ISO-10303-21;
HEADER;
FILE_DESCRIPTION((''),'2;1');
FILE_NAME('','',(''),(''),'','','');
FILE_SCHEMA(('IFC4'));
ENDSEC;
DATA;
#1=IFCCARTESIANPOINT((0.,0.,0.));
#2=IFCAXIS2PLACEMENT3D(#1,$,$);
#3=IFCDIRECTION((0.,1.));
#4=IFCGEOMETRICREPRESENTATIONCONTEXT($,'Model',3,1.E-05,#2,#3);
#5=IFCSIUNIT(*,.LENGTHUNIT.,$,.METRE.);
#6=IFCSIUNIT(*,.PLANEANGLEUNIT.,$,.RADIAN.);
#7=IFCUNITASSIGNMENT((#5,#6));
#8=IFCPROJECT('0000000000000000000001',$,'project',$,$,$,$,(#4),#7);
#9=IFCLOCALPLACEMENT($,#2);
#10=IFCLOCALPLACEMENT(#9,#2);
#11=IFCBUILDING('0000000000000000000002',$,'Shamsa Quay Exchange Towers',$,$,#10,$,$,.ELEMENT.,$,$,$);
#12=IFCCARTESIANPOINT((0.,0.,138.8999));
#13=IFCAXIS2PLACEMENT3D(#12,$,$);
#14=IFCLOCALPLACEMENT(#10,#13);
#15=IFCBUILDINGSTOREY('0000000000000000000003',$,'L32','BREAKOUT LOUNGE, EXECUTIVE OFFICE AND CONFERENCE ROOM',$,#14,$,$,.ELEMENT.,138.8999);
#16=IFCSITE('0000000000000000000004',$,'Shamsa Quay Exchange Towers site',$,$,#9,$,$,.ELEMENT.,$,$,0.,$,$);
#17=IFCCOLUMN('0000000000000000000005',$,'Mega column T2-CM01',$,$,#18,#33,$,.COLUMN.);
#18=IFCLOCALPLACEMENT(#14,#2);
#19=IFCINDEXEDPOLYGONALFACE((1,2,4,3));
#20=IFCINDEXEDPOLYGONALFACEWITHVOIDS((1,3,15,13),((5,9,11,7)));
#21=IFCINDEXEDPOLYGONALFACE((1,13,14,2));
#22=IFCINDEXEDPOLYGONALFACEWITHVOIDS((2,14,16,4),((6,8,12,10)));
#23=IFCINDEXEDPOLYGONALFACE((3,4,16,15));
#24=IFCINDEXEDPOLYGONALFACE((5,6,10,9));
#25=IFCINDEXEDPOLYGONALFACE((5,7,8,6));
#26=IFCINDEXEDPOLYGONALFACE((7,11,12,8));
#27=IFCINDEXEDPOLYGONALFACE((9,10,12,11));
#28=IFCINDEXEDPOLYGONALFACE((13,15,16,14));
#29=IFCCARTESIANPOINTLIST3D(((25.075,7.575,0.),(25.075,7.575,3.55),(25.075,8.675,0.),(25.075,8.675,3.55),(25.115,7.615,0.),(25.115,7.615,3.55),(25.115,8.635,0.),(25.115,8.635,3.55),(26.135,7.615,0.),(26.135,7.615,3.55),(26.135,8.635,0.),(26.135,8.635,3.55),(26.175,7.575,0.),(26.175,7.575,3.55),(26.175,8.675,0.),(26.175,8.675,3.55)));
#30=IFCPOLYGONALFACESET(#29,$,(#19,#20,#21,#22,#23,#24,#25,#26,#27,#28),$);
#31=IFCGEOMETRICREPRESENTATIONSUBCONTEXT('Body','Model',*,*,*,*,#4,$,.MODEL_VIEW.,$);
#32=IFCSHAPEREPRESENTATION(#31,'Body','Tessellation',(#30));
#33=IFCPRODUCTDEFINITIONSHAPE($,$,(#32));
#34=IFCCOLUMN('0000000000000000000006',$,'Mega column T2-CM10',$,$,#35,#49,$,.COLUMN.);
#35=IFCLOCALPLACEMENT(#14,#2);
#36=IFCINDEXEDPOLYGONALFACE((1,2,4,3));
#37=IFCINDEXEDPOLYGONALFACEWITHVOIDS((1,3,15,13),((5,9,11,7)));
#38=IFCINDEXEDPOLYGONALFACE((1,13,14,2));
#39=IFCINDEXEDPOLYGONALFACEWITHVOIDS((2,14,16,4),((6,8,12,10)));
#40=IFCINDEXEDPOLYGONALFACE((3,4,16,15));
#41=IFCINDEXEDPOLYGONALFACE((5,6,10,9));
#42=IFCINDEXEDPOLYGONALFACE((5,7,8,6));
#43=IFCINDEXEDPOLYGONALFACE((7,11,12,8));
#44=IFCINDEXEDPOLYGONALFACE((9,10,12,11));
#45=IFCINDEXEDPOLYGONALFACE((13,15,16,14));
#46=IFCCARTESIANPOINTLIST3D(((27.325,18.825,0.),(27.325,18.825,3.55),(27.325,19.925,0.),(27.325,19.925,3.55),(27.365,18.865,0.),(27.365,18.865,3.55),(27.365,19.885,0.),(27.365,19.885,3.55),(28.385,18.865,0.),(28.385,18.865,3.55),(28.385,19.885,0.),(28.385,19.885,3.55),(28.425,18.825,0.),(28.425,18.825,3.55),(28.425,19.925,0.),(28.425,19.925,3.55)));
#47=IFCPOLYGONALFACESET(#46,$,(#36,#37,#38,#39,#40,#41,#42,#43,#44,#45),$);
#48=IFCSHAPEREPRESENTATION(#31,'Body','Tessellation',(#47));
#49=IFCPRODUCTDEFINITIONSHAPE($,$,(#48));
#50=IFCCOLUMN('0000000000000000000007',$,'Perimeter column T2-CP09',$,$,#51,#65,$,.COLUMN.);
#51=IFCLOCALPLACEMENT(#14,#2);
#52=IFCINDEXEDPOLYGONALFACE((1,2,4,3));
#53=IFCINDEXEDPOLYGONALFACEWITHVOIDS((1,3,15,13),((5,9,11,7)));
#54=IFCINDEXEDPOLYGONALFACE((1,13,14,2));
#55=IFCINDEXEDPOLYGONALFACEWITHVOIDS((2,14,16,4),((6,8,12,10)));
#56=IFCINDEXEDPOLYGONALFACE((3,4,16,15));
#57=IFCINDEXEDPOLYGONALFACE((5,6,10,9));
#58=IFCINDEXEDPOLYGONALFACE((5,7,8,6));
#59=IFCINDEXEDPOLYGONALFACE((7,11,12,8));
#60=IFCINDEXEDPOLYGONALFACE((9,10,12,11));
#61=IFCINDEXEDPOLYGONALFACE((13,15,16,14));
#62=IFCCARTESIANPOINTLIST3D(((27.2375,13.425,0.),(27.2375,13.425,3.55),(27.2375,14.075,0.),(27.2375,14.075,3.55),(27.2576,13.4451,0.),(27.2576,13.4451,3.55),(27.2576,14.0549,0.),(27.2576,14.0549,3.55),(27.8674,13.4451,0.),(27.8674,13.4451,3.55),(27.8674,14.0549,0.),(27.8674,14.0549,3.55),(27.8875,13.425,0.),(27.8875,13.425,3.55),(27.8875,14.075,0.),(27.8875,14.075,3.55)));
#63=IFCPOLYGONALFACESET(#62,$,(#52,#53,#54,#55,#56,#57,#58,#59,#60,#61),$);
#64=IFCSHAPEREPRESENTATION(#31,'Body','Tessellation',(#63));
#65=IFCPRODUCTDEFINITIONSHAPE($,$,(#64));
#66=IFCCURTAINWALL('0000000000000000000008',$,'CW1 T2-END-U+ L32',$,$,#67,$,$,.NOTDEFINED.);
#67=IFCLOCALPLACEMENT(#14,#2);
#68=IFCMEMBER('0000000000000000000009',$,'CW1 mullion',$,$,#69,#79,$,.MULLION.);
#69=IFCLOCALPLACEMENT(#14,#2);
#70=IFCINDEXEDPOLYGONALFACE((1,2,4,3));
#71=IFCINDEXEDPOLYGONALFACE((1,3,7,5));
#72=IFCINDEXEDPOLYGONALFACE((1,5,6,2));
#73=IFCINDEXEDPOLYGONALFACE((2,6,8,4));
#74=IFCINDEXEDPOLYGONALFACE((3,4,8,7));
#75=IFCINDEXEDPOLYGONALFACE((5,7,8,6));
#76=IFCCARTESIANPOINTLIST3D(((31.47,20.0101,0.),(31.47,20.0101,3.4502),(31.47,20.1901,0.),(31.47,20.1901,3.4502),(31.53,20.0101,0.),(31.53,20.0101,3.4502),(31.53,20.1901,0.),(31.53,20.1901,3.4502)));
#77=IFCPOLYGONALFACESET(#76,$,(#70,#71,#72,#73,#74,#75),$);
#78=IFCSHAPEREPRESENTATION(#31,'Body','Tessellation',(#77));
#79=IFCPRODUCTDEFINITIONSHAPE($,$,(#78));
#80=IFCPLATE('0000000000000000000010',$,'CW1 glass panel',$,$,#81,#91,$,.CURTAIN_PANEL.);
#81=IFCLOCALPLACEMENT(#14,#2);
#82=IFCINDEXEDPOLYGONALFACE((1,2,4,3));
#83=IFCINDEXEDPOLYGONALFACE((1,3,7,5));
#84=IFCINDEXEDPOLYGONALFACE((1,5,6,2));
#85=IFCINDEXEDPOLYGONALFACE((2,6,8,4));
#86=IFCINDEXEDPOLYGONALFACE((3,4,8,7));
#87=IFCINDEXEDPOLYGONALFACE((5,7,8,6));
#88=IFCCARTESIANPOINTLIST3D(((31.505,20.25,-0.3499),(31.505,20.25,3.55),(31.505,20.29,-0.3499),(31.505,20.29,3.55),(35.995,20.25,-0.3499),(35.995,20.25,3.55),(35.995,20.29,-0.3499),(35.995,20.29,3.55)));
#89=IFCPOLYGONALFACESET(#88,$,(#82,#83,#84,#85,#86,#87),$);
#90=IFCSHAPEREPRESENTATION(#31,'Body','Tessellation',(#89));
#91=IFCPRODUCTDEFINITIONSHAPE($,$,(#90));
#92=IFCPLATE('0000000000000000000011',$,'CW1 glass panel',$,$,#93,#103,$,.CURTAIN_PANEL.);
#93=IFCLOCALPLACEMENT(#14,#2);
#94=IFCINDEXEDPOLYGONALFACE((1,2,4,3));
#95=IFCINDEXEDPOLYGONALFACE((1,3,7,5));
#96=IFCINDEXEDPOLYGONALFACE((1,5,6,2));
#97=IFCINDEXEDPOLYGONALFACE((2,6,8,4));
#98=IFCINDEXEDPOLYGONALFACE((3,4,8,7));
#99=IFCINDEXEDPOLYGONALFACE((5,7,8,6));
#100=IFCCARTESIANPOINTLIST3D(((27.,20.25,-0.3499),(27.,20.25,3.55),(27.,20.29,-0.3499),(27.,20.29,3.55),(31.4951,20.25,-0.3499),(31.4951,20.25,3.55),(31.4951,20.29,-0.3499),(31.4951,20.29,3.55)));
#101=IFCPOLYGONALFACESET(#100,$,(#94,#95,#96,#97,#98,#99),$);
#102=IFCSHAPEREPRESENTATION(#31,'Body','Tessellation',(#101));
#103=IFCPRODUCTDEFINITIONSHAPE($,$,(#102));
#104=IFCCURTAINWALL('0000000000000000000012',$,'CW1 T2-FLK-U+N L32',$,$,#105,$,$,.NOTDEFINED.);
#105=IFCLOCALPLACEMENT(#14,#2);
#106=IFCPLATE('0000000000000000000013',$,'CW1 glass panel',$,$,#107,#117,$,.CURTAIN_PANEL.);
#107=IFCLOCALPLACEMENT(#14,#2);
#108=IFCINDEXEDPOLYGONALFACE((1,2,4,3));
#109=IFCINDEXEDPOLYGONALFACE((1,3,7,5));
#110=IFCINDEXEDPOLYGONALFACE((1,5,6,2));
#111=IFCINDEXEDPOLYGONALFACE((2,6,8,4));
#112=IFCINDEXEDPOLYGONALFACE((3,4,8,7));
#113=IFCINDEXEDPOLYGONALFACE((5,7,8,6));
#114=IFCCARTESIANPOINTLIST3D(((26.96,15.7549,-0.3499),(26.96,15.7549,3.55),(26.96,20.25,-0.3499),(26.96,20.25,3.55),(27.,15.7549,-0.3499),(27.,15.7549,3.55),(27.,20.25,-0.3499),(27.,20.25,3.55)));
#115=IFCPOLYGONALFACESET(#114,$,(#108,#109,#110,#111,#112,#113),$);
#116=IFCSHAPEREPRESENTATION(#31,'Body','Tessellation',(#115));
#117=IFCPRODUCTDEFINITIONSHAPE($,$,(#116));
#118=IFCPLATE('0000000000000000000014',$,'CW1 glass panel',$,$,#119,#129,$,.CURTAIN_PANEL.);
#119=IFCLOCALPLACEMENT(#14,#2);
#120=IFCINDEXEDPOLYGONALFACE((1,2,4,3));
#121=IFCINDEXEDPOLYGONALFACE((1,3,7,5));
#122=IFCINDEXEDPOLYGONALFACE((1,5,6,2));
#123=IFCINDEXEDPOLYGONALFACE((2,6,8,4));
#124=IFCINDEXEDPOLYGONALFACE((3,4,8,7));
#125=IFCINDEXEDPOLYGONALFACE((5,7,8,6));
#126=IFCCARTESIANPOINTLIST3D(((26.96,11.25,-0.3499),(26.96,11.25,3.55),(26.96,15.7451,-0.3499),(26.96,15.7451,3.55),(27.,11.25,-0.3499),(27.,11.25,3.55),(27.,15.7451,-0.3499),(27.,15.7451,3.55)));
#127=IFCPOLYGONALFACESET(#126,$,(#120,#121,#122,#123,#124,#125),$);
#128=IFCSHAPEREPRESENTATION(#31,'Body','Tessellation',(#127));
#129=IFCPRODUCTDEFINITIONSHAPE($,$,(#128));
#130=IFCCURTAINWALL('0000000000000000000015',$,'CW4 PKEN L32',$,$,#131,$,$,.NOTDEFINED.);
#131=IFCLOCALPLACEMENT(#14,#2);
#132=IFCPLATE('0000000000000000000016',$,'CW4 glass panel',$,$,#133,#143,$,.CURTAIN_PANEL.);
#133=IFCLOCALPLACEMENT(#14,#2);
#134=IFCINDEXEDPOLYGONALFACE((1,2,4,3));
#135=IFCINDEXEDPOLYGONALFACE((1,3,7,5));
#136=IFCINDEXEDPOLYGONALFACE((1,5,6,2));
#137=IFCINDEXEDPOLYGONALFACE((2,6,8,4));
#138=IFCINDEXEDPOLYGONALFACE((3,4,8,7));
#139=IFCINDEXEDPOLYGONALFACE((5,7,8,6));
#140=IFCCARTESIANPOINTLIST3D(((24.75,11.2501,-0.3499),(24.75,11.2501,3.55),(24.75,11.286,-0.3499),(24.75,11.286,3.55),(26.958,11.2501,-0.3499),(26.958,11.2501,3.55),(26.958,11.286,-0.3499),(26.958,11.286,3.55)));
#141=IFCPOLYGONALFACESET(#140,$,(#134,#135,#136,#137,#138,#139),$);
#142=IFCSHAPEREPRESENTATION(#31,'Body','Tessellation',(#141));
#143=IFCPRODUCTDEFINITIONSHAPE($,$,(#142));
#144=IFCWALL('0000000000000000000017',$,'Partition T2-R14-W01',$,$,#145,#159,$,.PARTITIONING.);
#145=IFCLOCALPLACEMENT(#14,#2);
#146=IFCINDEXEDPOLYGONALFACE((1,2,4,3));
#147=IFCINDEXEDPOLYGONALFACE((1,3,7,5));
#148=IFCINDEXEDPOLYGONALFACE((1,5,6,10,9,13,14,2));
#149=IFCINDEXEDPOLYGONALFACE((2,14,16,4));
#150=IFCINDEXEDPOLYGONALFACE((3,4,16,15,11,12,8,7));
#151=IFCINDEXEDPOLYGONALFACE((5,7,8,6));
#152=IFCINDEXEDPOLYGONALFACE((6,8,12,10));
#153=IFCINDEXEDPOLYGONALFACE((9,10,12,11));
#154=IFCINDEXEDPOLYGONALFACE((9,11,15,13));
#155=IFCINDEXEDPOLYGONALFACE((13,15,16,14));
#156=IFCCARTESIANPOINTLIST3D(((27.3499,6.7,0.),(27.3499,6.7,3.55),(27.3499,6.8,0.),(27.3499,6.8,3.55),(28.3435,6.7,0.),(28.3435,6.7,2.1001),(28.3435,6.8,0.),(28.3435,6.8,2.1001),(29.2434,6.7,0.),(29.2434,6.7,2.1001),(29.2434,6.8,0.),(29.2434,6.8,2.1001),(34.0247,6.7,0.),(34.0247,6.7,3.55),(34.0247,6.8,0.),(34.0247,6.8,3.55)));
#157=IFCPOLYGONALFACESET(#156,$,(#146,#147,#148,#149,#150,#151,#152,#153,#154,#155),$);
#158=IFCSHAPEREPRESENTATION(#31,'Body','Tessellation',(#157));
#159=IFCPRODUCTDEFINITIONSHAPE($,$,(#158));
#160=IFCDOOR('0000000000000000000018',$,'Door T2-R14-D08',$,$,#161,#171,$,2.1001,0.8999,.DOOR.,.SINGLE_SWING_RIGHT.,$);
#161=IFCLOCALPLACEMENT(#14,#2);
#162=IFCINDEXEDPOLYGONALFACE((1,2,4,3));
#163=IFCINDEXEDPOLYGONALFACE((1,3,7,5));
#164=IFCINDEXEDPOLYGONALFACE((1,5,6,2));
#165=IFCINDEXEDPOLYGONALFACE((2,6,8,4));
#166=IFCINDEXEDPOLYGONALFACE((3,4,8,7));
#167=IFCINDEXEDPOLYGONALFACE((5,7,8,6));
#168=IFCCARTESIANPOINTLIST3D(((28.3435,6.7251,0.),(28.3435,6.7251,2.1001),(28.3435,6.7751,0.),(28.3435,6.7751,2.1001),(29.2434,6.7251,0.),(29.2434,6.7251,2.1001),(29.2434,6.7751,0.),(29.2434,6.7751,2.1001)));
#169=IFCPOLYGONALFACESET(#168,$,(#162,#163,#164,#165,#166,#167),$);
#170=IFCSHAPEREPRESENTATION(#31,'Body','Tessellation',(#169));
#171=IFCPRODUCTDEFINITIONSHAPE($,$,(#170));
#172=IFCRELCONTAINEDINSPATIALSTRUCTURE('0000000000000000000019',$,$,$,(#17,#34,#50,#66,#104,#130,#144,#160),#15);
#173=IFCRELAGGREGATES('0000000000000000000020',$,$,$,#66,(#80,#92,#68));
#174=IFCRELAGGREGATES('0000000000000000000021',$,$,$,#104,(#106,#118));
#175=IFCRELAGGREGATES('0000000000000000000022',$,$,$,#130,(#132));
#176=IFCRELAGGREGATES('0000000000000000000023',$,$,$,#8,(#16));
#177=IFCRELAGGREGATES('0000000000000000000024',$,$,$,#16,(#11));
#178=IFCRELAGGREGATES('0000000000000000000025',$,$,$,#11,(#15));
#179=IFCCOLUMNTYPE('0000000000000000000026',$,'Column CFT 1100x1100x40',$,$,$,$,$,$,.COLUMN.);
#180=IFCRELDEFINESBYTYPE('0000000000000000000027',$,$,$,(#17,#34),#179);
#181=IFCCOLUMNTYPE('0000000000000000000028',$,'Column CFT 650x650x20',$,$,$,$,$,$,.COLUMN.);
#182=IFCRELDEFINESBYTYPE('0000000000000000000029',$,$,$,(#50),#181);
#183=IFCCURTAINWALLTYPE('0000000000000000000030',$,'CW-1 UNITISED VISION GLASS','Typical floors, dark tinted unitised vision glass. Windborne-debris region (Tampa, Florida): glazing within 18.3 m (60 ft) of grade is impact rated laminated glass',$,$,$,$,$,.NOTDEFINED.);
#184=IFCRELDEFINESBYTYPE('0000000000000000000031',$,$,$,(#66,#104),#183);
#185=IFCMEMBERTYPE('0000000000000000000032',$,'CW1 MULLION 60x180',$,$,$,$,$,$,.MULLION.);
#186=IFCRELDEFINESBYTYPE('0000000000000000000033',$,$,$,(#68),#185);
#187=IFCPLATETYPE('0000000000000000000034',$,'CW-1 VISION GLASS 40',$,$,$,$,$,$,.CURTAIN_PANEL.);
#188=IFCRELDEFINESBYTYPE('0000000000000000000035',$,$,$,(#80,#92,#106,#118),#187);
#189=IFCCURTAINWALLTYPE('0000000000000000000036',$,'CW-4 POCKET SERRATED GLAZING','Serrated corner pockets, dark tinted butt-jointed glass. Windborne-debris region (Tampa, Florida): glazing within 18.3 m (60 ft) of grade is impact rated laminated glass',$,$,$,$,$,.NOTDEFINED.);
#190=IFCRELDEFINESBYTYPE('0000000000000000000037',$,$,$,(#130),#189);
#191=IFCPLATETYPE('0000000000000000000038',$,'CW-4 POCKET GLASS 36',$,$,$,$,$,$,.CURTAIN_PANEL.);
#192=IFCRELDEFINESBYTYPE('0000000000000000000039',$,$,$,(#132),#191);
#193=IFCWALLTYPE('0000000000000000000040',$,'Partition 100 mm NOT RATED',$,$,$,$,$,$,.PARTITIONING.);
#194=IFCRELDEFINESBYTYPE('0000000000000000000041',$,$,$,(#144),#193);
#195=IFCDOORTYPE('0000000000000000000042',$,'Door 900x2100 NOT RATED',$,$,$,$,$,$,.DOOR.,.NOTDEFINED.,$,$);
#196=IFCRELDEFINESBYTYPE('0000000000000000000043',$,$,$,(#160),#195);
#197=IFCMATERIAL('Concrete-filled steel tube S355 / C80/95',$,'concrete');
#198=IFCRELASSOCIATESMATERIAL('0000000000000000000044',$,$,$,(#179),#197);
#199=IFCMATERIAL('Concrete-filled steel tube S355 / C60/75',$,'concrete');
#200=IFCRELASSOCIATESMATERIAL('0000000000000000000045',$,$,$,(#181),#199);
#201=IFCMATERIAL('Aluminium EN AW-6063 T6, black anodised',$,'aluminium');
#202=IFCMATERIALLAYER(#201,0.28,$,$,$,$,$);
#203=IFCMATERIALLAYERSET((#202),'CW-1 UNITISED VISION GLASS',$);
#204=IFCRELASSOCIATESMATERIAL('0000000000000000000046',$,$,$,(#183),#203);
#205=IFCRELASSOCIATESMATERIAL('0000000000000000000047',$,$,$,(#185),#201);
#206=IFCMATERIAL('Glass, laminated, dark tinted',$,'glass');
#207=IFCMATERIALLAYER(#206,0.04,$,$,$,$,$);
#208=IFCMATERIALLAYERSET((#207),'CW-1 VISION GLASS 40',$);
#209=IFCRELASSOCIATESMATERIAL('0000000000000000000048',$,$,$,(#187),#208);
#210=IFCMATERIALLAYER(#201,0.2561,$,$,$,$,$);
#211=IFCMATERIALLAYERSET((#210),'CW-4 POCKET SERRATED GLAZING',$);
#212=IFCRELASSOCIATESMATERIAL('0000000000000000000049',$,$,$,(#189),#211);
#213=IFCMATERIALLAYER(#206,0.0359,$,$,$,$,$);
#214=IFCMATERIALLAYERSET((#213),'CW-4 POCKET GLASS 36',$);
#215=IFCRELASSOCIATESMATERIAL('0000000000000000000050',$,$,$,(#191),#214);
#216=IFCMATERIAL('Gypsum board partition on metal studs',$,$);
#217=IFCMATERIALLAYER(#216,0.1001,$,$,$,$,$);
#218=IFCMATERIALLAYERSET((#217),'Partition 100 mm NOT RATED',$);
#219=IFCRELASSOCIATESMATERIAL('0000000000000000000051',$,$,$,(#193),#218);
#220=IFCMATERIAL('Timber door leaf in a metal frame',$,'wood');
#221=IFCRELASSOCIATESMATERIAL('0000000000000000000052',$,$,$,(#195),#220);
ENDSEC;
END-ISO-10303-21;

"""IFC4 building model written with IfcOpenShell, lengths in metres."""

from ifc_helpers import new_model, si_unit, direction, frame, frame_2d, origin, origin_2d, place, context, subcontext, project, spatial, rectangle, hollow_rectangle, extrude, material, layer, layer_set, material_profile, profile_set, type_object, element, fill, aggregate, save


model = new_model("IFC4")

# Units and contexts
model_context = context("Model", 3, precision=1e-05, world=origin(), true_north=direction((0.0, 1.0)))
body_context = subcontext(model_context, "Body", "Model", "MODEL_VIEW")
ifc_project = project(units=[si_unit("LENGTHUNIT", "METRE"), si_unit("PLANEANGLEUNIT", "RADIAN")], contexts=[model_context])

# Site, building, storey
site_placement = place(None, origin())
site = spatial("IfcSite", under=ifc_project, at=site_placement, Name="Shamsa Quay Exchange Towers site", CompositionType="ELEMENT", RefElevation=0.0)
building_placement = place(site_placement, origin())
building = spatial("IfcBuilding", under=site, at=building_placement, Name="Shamsa Quay Exchange Towers", CompositionType="ELEMENT")
storey_placement = place(building_placement, frame((0.0, 0.0, 138.8999)))
storey = spatial("IfcBuildingStorey", under=building, at=storey_placement, Name="L32", Description="BREAKOUT LOUNGE, EXECUTIVE OFFICE AND CONFERENCE ROOM", CompositionType="ELEMENT", Elevation=138.8999)

# Columns
ifc_material_1 = material(Name="Concrete-filled steel tube S355 / C80/95", Category="concrete")
ifc_material_profile_1 = material_profile(ifc_material_1, hollow_rectangle(XDim=1.1001, YDim=1.1001, WallThickness=0.04, at=origin_2d()), Name="CFT 1100x1100x40")
ifc_profile_set_1 = profile_set([ifc_material_profile_1], Name="Concrete-filled steel tube S355 / C80/95")
column_type_1 = type_object("IfcColumnType", Name="Column CFT 1100x1100x40", PredefinedType="COLUMN", material=ifc_profile_set_1)
for number, where, name in (
    (1, (25.625, 8.125, 0.0), "Mega column T2-CM01"),
    (2, (27.875, 19.375, 0.0), "Mega column T2-CM10"),
):
    element("IfcColumn", number, at=place(storey_placement, frame(where)), inside=storey, type_object=column_type_1, Name=name, PredefinedType="COLUMN", context=body_context, shape_type="SweptSolid", body=[
        extrude(hollow_rectangle(XDim=1.1001, YDim=1.1001, WallThickness=0.04, at=origin_2d()), origin(), (0.0, 0.0, 1.0), 3.55),
    ])
ifc_material_2 = material(Name="Concrete-filled steel tube S355 / C60/75", Category="concrete")
ifc_material_profile_2 = material_profile(ifc_material_2, hollow_rectangle(XDim=0.6499, YDim=0.6499, WallThickness=0.02, at=origin_2d()), Name="CFT 650x650x20")
ifc_profile_set_2 = profile_set([ifc_material_profile_2], Name="Concrete-filled steel tube S355 / C60/75")
column_type_2 = type_object("IfcColumnType", Name="Column CFT 650x650x20", PredefinedType="COLUMN", material=ifc_profile_set_2)
column_placement = place(storey_placement, frame((27.5625, 13.75, 0.0)))
element("IfcColumn", 3, at=column_placement, inside=storey, type_object=column_type_2, Name="Perimeter column T2-CP09", PredefinedType="COLUMN", context=body_context, shape_type="SweptSolid", body=[
    extrude(hollow_rectangle(XDim=0.6499, YDim=0.6499, WallThickness=0.02, at=origin_2d()), origin(), (0.0, 0.0, 1.0), 3.55),
])

# Curtain wall, member, plates
ifc_material_3 = material(Name="Aluminium EN AW-6063 T6, black anodised", Category="aluminium")
ifc_layer_1 = layer(ifc_material_3, 0.28)
ifc_layer_set_1 = layer_set([ifc_layer_1], Name="CW-1 UNITISED VISION GLASS")
curtain_wall_type_1 = type_object("IfcCurtainWallType", Name="CW-1 UNITISED VISION GLASS", Description="Typical floors, dark tinted unitised vision glass. Windborne-debris region (Tampa, Florida): glazing within 18.3 m (60 ft) of grade is impact rated laminated glass", PredefinedType="NOTDEFINED", material=ifc_layer_set_1)
curtain_wall_1_placement = place(storey_placement, origin())
curtain_wall_1 = element("IfcCurtainWall", 4, at=curtain_wall_1_placement, inside=storey, type_object=curtain_wall_type_1, Name="CW1 T2-END-U+ L32", PredefinedType="NOTDEFINED")
ifc_material_profile_3 = material_profile(ifc_material_3, rectangle(XDim=0.1799, YDim=0.0601, at=origin_2d()), Name="MU60x180")
ifc_profile_set_3 = profile_set([ifc_material_profile_3], Name="Aluminium EN AW-6063 T6, black anodised")
member_type = type_object("IfcMemberType", Name="CW1 MULLION 60x180", PredefinedType="MULLION", material=ifc_profile_set_3)
member_placement = place(storey_placement, frame((31.5, 20.1001, 0.0), z_axis=(0.0, 0.0, 1.0), x_axis=(0.0, -1.0, 0.0)))
member = element("IfcMember", 5, at=member_placement, type_object=member_type, Name="CW1 mullion", PredefinedType="MULLION", context=body_context, shape_type="SweptSolid", body=[
    extrude(rectangle(XDim=0.1799, YDim=0.0601, at=origin_2d()), origin(), (0.0, 0.0, 1.0), 3.4502),
])
ifc_material_4 = material(Name="Glass, laminated, dark tinted", Category="glass")
ifc_layer_2 = layer(ifc_material_4, 0.04)
ifc_layer_set_2 = layer_set([ifc_layer_2], Name="CW-1 VISION GLASS 40")
plate_type_1 = type_object("IfcPlateType", Name="CW-1 VISION GLASS 40", PredefinedType="CURTAIN_PANEL", material=ifc_layer_set_2)
plate_1_placement = place(storey_placement, frame((33.75, 20.27, -0.3499), z_axis=(0.0, 0.0, 1.0), x_axis=(-1.0, 0.0, 0.0)))
plate_1 = element("IfcPlate", 6, at=plate_1_placement, type_object=plate_type_1, Name="CW1 glass panel", PredefinedType="CURTAIN_PANEL", context=body_context, shape_type="SweptSolid", body=[
    extrude(rectangle(XDim=4.49, YDim=0.04, at=origin_2d()), origin(), (0.0, 0.0, 1.0), 3.8999),
])
plate_2_placement = place(storey_placement, frame((29.2476, 20.27, -0.3499), z_axis=(0.0, 0.0, 1.0), x_axis=(-1.0, 0.0, 0.0)))
plate_2 = element("IfcPlate", 7, at=plate_2_placement, type_object=plate_type_1, Name="CW1 glass panel", PredefinedType="CURTAIN_PANEL", context=body_context, shape_type="SweptSolid", body=[
    extrude(rectangle(XDim=4.4951, YDim=0.04, at=origin_2d()), origin(), (0.0, 0.0, 1.0), 3.8999),
])
aggregate(curtain_wall_1, [plate_1, plate_2, member])

# Curtain wall, plates
curtain_wall_2_placement = place(storey_placement, origin())
curtain_wall_2 = element("IfcCurtainWall", 8, at=curtain_wall_2_placement, inside=storey, type_object=curtain_wall_type_1, Name="CW1 T2-FLK-U+N L32", PredefinedType="NOTDEFINED")
plate_3_placement = place(storey_placement, frame((26.98, 18.0024, -0.3499), z_axis=(0.0, 0.0, 1.0), x_axis=(0.0, -1.0, 0.0)))
plate_3 = element("IfcPlate", 9, at=plate_3_placement, type_object=plate_type_1, Name="CW1 glass panel", PredefinedType="CURTAIN_PANEL", context=body_context, shape_type="SweptSolid", body=[
    extrude(rectangle(XDim=4.4951, YDim=0.04, at=origin_2d()), origin(), (0.0, 0.0, 1.0), 3.8999),
])
plate_4_placement = place(storey_placement, frame((26.98, 13.4976, -0.3499), z_axis=(0.0, 0.0, 1.0), x_axis=(0.0, -1.0, 0.0)))
plate_4 = element("IfcPlate", 10, at=plate_4_placement, type_object=plate_type_1, Name="CW1 glass panel", PredefinedType="CURTAIN_PANEL", context=body_context, shape_type="SweptSolid", body=[
    extrude(rectangle(XDim=4.4951, YDim=0.04, at=origin_2d()), origin(), (0.0, 0.0, 1.0), 3.8999),
])
aggregate(curtain_wall_2, [plate_3, plate_4])

# Curtain wall, plate
ifc_layer_3 = layer(ifc_material_3, 0.2561)
ifc_layer_set_3 = layer_set([ifc_layer_3], Name="CW-4 POCKET SERRATED GLAZING")
curtain_wall_type_2 = type_object("IfcCurtainWallType", Name="CW-4 POCKET SERRATED GLAZING", Description="Serrated corner pockets, dark tinted butt-jointed glass. Windborne-debris region (Tampa, Florida): glazing within 18.3 m (60 ft) of grade is impact rated laminated glass", PredefinedType="NOTDEFINED", material=ifc_layer_set_3)
curtain_wall_3_placement = place(storey_placement, origin())
curtain_wall_3 = element("IfcCurtainWall", 11, at=curtain_wall_3_placement, inside=storey, type_object=curtain_wall_type_2, Name="CW4 PKEN L32", PredefinedType="NOTDEFINED")
ifc_layer_4 = layer(ifc_material_4, 0.0359)
ifc_layer_set_4 = layer_set([ifc_layer_4], Name="CW-4 POCKET GLASS 36")
plate_type_2 = type_object("IfcPlateType", Name="CW-4 POCKET GLASS 36", PredefinedType="CURTAIN_PANEL", material=ifc_layer_set_4)
plate_5_placement = place(storey_placement, frame((25.854, 11.2681, -0.3499), z_axis=(0.0, 0.0, 1.0), x_axis=(-1.0, 0.0, 0.0)))
plate_5 = element("IfcPlate", 12, at=plate_5_placement, type_object=plate_type_2, Name="CW4 glass panel", PredefinedType="CURTAIN_PANEL", context=body_context, shape_type="SweptSolid", body=[
    extrude(rectangle(XDim=2.208, YDim=0.0359, at=origin_2d()), origin(), (0.0, 0.0, 1.0), 3.8999),
])
aggregate(curtain_wall_3, [plate_5])

# Wall, opening, door
ifc_material_5 = material(Name="Gypsum board partition on metal studs")
ifc_layer_5 = layer(ifc_material_5, 0.1001)
ifc_layer_set_5 = layer_set([ifc_layer_5], Name="Partition 100 mm NOT RATED")
wall_type_1 = type_object("IfcWallType", Name="Partition 100 mm NOT RATED", PredefinedType="PARTITIONING", material=ifc_layer_set_5)
wall_1_placement = place(storey_placement, frame((34.0247, 6.75, 0.0), z_axis=(0.0, 0.0, 1.0), x_axis=(-1.0, 0.0, 0.0)))
wall_1 = element("IfcWall", 13, at=wall_1_placement, inside=storey, type_object=wall_type_1, Name="Partition T2-R14-W01", PredefinedType="PARTITIONING", context=body_context, shape_type="SweptSolid", body=[
    extrude(rectangle(XDim=6.6748, YDim=0.1001, at=frame_2d((3.3374, 0.0))), origin(), (0.0, 0.0, 1.0), 3.55),
])
opening_1_placement = place(wall_1_placement, frame((4.7812, 0.0, 0.0)))
opening_1 = element("IfcOpeningElement", 14, at=opening_1_placement, cuts=wall_1, PredefinedType="OPENING", context=body_context, shape_type="SweptSolid", body=[
    extrude(rectangle(XDim=0.8999, YDim=2.1001, at=frame_2d((0.45, 1.05))), frame((0.0, 0.0601, 0.0), z_axis=(0.0, -1.0, 0.0), x_axis=(1.0, 0.0, 0.0)), (0.0, 0.0, 1.0), 0.1201),
])
ifc_material_6 = material(Name="Timber door leaf in a metal frame", Category="wood")
door_type_1 = type_object("IfcDoorType", Name="Door 900x2100 NOT RATED", OperationType="NOTDEFINED", PredefinedType="DOOR", material=ifc_material_6)
door_1_placement = place(opening_1_placement, origin())
door_1 = element("IfcDoor", 15, at=door_1_placement, inside=storey, type_object=door_type_1, Name="Door T2-R14-D08", OperationType="SINGLE_SWING_RIGHT", OverallHeight=2.1001, OverallWidth=0.8999, PredefinedType="DOOR", context=body_context, shape_type="SweptSolid", body=[
    extrude(rectangle(XDim=0.8999, YDim=2.1001, at=frame_2d((0.45, 1.05))), frame((0.0, 0.0249, 0.0), z_axis=(0.0, -1.0, 0.0), x_axis=(1.0, 0.0, 0.0)), (0.0, 0.0, 1.0), 0.05),
])
fill(opening_1, door_1)

save(model, "model.ifc")
